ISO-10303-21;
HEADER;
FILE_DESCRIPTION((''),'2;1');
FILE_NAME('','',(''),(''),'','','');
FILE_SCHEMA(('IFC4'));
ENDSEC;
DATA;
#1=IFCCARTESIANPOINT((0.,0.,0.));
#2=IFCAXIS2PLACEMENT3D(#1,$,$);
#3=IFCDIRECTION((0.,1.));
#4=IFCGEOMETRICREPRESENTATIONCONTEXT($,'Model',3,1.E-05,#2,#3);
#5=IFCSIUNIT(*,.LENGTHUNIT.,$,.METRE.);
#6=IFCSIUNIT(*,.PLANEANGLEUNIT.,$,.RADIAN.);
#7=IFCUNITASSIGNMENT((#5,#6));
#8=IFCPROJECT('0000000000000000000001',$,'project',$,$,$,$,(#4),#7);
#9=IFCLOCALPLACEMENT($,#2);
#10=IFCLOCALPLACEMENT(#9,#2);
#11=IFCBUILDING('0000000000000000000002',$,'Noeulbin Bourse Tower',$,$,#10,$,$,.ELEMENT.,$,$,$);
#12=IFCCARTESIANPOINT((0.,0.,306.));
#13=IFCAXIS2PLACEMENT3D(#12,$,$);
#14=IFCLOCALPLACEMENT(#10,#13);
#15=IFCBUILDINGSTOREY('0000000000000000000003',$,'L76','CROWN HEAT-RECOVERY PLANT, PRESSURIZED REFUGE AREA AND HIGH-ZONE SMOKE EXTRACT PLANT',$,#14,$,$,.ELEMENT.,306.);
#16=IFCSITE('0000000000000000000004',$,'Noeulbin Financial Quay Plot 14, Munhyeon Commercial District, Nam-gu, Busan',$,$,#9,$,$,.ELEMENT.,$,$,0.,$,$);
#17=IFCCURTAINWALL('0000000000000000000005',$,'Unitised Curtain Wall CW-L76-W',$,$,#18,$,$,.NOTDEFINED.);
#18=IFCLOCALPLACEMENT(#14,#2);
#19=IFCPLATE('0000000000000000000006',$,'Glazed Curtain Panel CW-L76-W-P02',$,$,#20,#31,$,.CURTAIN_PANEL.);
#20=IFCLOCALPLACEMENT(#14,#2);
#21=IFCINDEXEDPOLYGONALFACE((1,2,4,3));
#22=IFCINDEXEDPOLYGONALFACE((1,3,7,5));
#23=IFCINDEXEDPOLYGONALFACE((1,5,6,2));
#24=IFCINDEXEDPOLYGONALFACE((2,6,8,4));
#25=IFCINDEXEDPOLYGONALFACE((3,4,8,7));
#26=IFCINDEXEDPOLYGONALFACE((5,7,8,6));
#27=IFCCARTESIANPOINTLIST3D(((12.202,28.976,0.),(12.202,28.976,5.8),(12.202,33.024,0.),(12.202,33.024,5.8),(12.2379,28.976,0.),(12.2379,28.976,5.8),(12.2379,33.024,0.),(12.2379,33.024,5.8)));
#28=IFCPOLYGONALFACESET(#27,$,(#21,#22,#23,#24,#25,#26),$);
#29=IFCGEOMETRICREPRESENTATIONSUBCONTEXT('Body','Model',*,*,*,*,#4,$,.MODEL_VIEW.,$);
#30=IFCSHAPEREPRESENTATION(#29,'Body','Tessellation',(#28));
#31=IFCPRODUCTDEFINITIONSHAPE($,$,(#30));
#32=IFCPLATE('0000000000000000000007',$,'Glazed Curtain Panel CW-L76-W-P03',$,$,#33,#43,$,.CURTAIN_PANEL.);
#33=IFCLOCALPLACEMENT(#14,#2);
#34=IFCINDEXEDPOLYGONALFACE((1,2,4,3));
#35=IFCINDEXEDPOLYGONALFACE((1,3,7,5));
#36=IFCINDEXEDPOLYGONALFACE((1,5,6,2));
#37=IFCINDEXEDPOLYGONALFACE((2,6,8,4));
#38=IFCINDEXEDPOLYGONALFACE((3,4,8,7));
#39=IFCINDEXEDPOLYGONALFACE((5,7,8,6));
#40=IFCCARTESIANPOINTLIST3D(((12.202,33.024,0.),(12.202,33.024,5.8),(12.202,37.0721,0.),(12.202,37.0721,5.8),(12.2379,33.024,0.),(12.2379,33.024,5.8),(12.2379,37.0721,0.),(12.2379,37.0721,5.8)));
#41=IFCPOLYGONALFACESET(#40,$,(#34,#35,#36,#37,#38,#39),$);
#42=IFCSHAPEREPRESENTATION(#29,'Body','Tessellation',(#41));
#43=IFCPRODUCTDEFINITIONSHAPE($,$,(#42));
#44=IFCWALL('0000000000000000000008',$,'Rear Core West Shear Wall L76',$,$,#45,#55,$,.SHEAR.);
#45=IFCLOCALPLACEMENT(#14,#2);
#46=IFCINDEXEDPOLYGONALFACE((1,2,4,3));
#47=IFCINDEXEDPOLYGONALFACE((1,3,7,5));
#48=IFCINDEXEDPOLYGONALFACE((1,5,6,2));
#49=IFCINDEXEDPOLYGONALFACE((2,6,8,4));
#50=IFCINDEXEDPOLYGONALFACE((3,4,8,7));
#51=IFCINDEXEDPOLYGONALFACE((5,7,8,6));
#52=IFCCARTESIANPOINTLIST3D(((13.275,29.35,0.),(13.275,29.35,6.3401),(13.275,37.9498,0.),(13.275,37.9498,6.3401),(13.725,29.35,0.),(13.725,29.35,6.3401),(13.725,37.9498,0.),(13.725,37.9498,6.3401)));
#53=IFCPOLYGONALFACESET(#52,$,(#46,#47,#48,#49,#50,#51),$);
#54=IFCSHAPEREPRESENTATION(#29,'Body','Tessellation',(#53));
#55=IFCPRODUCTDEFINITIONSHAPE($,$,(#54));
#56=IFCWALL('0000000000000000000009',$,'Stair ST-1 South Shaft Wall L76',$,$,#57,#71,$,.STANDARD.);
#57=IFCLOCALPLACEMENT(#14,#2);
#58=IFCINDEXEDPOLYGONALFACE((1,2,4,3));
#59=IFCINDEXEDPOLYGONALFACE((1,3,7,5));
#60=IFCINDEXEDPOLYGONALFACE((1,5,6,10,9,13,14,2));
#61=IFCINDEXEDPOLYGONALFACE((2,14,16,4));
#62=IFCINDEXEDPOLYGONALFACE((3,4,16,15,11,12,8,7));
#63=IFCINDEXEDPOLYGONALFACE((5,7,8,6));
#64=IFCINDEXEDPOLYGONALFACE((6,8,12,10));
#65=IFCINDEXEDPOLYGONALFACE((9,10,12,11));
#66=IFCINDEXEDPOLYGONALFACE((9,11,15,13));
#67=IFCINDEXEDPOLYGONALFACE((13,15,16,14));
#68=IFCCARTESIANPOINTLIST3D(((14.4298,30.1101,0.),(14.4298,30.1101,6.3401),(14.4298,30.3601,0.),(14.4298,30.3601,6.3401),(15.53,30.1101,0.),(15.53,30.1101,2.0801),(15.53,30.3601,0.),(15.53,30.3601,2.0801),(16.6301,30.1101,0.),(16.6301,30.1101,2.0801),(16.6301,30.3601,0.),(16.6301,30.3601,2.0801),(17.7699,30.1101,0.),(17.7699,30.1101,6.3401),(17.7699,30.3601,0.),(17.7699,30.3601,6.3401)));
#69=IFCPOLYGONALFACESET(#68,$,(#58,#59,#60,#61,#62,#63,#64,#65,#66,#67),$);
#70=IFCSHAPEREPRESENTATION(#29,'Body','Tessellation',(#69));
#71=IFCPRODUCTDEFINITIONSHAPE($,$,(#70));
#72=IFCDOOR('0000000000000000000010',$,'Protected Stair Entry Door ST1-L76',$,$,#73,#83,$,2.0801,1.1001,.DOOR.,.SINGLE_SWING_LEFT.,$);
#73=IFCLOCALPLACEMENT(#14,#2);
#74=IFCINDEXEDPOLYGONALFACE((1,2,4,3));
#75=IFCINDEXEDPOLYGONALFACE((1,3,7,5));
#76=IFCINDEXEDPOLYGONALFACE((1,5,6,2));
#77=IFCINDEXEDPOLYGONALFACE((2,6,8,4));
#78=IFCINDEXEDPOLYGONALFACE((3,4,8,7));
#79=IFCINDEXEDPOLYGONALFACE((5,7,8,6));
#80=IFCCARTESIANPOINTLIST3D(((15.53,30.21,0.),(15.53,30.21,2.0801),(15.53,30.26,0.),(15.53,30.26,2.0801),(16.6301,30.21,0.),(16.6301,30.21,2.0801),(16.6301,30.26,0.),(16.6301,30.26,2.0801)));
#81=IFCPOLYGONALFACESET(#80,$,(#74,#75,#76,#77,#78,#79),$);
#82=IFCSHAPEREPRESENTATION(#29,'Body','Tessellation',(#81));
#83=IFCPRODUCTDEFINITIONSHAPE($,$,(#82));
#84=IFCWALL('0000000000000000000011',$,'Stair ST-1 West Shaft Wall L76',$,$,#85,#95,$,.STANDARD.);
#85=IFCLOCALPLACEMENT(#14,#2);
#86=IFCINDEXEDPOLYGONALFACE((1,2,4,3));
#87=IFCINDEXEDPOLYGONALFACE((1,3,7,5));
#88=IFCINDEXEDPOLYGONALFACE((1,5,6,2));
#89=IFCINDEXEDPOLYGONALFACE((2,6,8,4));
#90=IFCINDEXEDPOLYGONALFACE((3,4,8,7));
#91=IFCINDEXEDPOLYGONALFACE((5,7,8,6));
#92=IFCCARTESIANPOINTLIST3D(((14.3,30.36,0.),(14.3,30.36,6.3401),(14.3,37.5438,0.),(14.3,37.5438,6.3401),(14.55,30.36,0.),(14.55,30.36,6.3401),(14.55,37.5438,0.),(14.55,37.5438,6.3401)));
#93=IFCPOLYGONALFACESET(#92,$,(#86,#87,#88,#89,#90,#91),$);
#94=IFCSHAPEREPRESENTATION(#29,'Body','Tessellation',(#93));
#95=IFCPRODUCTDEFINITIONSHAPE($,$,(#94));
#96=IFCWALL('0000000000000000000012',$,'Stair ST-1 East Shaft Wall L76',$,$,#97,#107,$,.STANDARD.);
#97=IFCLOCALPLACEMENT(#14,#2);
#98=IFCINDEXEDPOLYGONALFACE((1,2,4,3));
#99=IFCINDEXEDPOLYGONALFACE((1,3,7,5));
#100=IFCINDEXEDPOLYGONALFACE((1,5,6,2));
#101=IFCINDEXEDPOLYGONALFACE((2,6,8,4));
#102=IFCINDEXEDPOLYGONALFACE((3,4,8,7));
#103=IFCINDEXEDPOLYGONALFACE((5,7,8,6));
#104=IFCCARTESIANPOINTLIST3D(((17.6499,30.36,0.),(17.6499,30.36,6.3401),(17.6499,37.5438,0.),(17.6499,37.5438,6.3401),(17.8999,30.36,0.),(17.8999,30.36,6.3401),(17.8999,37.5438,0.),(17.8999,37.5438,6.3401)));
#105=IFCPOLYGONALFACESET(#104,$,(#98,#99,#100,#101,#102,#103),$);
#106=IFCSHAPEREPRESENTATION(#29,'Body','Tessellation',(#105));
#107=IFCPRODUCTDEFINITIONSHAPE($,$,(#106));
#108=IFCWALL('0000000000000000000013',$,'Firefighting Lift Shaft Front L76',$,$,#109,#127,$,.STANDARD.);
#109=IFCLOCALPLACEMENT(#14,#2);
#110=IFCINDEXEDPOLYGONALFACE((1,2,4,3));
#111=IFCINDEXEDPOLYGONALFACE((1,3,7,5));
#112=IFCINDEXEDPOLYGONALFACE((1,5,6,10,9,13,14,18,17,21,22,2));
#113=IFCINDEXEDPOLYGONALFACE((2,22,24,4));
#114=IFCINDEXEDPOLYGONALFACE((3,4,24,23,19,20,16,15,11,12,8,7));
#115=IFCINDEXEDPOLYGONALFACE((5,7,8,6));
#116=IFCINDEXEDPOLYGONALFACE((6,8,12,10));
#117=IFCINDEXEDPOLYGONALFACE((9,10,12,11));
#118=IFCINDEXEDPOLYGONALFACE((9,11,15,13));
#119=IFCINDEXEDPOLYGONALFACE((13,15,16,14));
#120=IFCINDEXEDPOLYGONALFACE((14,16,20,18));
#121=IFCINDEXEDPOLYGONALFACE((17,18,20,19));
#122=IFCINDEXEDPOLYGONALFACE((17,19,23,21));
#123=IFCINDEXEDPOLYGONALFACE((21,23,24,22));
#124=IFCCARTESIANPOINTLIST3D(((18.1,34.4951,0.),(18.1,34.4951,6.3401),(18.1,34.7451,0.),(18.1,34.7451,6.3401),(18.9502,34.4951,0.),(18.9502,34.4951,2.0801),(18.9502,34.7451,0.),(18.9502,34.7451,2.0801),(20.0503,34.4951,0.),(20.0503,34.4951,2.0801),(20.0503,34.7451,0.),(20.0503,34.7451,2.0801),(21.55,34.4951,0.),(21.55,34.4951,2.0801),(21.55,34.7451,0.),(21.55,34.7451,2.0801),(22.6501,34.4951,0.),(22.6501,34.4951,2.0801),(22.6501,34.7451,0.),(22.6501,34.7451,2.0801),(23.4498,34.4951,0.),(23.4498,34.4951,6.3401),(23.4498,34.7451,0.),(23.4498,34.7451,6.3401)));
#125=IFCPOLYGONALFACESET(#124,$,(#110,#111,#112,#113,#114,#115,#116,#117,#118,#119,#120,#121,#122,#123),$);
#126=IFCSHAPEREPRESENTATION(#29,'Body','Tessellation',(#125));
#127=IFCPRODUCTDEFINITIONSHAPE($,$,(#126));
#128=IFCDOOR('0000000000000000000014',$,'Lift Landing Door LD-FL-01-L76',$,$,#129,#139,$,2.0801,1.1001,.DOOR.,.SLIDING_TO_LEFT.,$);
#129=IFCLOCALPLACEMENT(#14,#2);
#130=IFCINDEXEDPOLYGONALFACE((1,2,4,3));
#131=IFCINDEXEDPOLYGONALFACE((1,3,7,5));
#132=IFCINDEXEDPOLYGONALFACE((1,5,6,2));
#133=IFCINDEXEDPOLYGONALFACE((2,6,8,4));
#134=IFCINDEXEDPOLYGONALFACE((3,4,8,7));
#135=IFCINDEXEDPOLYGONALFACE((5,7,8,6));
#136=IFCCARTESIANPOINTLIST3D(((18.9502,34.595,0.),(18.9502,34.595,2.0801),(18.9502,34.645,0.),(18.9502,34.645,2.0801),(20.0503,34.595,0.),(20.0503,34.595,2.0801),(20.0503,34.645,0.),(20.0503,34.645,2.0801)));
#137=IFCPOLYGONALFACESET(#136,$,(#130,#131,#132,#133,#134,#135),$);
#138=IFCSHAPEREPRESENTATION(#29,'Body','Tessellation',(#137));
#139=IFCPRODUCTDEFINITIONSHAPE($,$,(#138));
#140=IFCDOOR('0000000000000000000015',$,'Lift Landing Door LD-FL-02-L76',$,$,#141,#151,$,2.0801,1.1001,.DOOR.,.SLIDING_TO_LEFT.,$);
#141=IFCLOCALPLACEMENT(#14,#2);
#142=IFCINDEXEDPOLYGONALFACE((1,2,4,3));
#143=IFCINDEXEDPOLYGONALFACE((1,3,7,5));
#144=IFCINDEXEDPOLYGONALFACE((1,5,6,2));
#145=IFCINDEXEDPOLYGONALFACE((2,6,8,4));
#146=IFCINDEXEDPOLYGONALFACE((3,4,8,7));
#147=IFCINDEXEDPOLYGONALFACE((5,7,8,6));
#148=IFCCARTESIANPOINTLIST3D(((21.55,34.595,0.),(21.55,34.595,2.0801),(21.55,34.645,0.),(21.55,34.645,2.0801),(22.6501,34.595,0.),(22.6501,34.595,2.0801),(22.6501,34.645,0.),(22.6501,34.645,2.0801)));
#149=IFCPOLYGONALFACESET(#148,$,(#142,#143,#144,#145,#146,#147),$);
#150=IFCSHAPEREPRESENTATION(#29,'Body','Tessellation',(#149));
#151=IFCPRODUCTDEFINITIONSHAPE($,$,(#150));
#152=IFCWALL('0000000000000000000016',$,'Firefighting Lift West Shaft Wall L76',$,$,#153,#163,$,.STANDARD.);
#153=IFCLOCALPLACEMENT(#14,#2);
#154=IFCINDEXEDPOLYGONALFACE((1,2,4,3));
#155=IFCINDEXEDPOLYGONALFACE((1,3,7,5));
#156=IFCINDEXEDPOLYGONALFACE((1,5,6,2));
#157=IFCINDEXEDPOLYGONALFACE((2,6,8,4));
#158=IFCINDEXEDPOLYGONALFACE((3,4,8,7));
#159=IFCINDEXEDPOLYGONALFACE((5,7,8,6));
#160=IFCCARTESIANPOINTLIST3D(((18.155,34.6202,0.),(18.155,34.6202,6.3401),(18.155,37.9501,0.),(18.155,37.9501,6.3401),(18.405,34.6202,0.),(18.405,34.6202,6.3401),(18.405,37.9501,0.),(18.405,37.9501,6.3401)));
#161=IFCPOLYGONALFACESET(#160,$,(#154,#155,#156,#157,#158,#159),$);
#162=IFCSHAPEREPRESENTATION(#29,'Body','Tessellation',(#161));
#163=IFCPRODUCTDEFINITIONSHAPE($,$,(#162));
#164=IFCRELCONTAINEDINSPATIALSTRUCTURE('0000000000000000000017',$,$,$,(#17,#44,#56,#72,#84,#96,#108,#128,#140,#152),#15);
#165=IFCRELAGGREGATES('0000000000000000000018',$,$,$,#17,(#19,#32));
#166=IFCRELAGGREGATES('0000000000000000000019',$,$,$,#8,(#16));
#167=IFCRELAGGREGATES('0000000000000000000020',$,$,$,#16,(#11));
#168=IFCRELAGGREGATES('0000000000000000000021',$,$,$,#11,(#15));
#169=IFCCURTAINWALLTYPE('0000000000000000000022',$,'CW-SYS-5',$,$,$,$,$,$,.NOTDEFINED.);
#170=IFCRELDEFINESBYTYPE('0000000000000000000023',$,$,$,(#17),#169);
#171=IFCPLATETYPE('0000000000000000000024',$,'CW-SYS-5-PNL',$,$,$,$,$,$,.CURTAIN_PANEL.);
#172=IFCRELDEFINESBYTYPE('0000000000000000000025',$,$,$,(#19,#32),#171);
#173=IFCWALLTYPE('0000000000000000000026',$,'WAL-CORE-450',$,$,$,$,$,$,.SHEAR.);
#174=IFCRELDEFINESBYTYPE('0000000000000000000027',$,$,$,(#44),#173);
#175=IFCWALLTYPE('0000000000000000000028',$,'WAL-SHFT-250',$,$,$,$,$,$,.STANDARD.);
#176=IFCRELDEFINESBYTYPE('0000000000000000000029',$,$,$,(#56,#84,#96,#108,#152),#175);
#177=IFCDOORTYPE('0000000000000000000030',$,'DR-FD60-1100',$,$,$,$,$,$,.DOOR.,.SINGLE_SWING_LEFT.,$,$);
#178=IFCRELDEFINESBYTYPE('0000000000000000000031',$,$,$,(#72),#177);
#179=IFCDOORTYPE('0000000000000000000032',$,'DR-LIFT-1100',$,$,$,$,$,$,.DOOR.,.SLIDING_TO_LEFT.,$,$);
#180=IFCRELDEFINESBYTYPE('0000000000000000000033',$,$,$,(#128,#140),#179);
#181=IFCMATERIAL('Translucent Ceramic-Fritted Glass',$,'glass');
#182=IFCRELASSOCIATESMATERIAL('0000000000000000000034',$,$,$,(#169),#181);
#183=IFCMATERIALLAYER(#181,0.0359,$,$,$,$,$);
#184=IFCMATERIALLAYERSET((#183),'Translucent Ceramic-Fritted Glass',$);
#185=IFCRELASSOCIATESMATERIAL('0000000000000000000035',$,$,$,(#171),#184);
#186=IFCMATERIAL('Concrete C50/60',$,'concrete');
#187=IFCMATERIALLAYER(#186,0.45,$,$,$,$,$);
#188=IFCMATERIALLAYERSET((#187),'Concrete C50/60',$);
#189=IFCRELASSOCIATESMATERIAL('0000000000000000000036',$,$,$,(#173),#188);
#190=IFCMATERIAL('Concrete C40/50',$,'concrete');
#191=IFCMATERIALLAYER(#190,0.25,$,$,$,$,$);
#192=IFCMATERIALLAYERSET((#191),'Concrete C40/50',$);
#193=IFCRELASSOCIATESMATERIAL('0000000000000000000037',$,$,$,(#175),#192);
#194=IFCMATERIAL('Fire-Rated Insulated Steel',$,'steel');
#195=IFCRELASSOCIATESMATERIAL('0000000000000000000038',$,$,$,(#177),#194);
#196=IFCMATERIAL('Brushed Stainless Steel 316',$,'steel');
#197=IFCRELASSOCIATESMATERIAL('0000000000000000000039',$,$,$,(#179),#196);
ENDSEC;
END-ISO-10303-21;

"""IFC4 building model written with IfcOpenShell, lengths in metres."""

from ifc_helpers import new_model, si_unit, direction, frame, frame_2d, origin, origin_2d, place, context, subcontext, project, spatial, rectangle, extrude, material, layer, layer_set, type_object, element, fill, aggregate, save


model = new_model("IFC4")

# Units and contexts
model_context = context("Model", 3, precision=1e-05, world=origin(), true_north=direction((0.0, 1.0)))
body_context = subcontext(model_context, "Body", "Model", "MODEL_VIEW")
ifc_project = project(units=[si_unit("LENGTHUNIT", "METRE"), si_unit("PLANEANGLEUNIT", "RADIAN")], contexts=[model_context])

# Site, building, storey
site_placement = place(None, origin())
site = spatial("IfcSite", under=ifc_project, at=site_placement, Name="Noeulbin Financial Quay Plot 14, Munhyeon Commercial District, Nam-gu, Busan", CompositionType="ELEMENT", RefElevation=0.0)
building_placement = place(site_placement, origin())
building = spatial("IfcBuilding", under=site, at=building_placement, Name="Noeulbin Bourse Tower", CompositionType="ELEMENT")
storey_placement = place(building_placement, frame((0.0, 0.0, 306.0)))
storey = spatial("IfcBuildingStorey", under=building, at=storey_placement, Name="L76", Description="CROWN HEAT-RECOVERY PLANT, PRESSURIZED REFUGE AREA AND HIGH-ZONE SMOKE EXTRACT PLANT", CompositionType="ELEMENT", Elevation=306.0)

# Curtain wall, plates
ifc_material_1 = material(Name="Translucent Ceramic-Fritted Glass", Category="glass")
curtain_wall_type = type_object("IfcCurtainWallType", Name="CW-SYS-5", PredefinedType="NOTDEFINED", material=ifc_material_1)
curtain_wall_placement = place(storey_placement, origin())
curtain_wall = element("IfcCurtainWall", 1, at=curtain_wall_placement, inside=storey, type_object=curtain_wall_type, Name="Unitised Curtain Wall CW-L76-W", PredefinedType="NOTDEFINED")
ifc_layer_1 = layer(ifc_material_1, 0.0359)
ifc_layer_set_1 = layer_set([ifc_layer_1], Name="Translucent Ceramic-Fritted Glass")
plate_type = type_object("IfcPlateType", Name="CW-SYS-5-PNL", PredefinedType="CURTAIN_PANEL", material=ifc_layer_set_1)
plate_1_placement = place(storey_placement, frame((12.22, 31.0, 0.0), z_axis=(0.0, 0.0, 1.0), x_axis=(0.0, 1.0, 0.0)))
plate_1 = element("IfcPlate", 2, at=plate_1_placement, type_object=plate_type, Name="Glazed Curtain Panel CW-L76-W-P02", PredefinedType="CURTAIN_PANEL", context=body_context, shape_type="SweptSolid", body=[
    extrude(rectangle(XDim=4.0481, YDim=0.0359, at=origin_2d()), origin(), (0.0, 0.0, 1.0), 5.8),
])
plate_2_placement = place(storey_placement, frame((12.22, 35.0481, 0.0), z_axis=(0.0, 0.0, 1.0), x_axis=(0.0, 1.0, 0.0)))
plate_2 = element("IfcPlate", 3, at=plate_2_placement, type_object=plate_type, Name="Glazed Curtain Panel CW-L76-W-P03", PredefinedType="CURTAIN_PANEL", context=body_context, shape_type="SweptSolid", body=[
    extrude(rectangle(XDim=4.0481, YDim=0.0359, at=origin_2d()), origin(), (0.0, 0.0, 1.0), 5.8),
])
aggregate(curtain_wall, [plate_1, plate_2])

# Wall
ifc_material_2 = material(Name="Concrete C50/60", Category="concrete")
ifc_layer_2 = layer(ifc_material_2, 0.45)
ifc_layer_set_2 = layer_set([ifc_layer_2], Name="Concrete C50/60")
wall_type_1 = type_object("IfcWallType", Name="WAL-CORE-450", PredefinedType="SHEAR", material=ifc_layer_set_2)
wall_1_placement = place(storey_placement, frame((13.5, 29.3501, 0.0), z_axis=(0.0, 0.0, 1.0), x_axis=(0.0, 1.0, 0.0)))
element("IfcWall", 4, at=wall_1_placement, inside=storey, type_object=wall_type_1, Name="Rear Core West Shear Wall L76", PredefinedType="SHEAR", context=body_context, shape_type="SweptSolid", body=[
    extrude(rectangle(XDim=8.5999, YDim=0.45, at=frame_2d((4.2998, 0.0))), origin(), (0.0, 0.0, 1.0), 6.3401),
])

# Wall, opening, door
ifc_material_3 = material(Name="Concrete C40/50", Category="concrete")
ifc_layer_3 = layer(ifc_material_3, 0.25)
ifc_layer_set_3 = layer_set([ifc_layer_3], Name="Concrete C40/50")
wall_type_2 = type_object("IfcWallType", Name="WAL-SHFT-250", PredefinedType="STANDARD", material=ifc_layer_set_3)
wall_2_placement = place(storey_placement, frame((14.4299, 30.2351, 0.0), z_axis=(0.0, 0.0, 1.0), x_axis=(1.0, 0.0, 0.0)))
wall_2 = element("IfcWall", 5, at=wall_2_placement, inside=storey, type_object=wall_type_2, Name="Stair ST-1 South Shaft Wall L76", PredefinedType="STANDARD", context=body_context, shape_type="SweptSolid", body=[
    extrude(rectangle(XDim=3.3401, YDim=0.25, at=frame_2d((1.6699, 0.0))), origin(), (0.0, 0.0, 1.0), 6.3401),
])
opening_1_placement = place(wall_2_placement, frame((1.1001, 0.0, 0.0)))
opening_1 = element("IfcOpeningElement", 6, at=opening_1_placement, cuts=wall_2, PredefinedType="OPENING", context=body_context, shape_type="SweptSolid", body=[
    extrude(rectangle(XDim=1.1001, YDim=2.0801, at=frame_2d((0.55, 1.04))), frame((0.0, 0.135, 0.0), z_axis=(0.0, -1.0, 0.0), x_axis=(1.0, 0.0, 0.0)), (0.0, 0.0, 1.0), 0.27),
])
ifc_material_4 = material(Name="Fire-Rated Insulated Steel", Category="steel")
door_type_1 = type_object("IfcDoorType", Name="DR-FD60-1100", OperationType="SINGLE_SWING_LEFT", PredefinedType="DOOR", material=ifc_material_4)
door_1_placement = place(opening_1_placement, origin())
door_1 = element("IfcDoor", 7, at=door_1_placement, inside=storey, type_object=door_type_1, Name="Protected Stair Entry Door ST1-L76", OperationType="SINGLE_SWING_LEFT", OverallHeight=2.0801, OverallWidth=1.1001, PredefinedType="DOOR", context=body_context, shape_type="SweptSolid", body=[
    extrude(rectangle(XDim=1.1001, YDim=2.0801, at=frame_2d((0.55, 1.04))), frame((0.0, 0.0249, 0.0), z_axis=(0.0, -1.0, 0.0), x_axis=(1.0, 0.0, 0.0)), (0.0, 0.0, 1.0), 0.05),
])
fill(opening_1, door_1)

# Walls
for number, where, z_axis, x_axis, name in (
    (8, (14.425, 30.3601, 0.0), (0.0, 0.0, 1.0), (0.0, 1.0, 0.0), "Stair ST-1 West Shaft Wall L76"),
    (9, (17.7749, 30.3601, 0.0), (0.0, 0.0, 1.0), (0.0, 1.0, 0.0), "Stair ST-1 East Shaft Wall L76"),
):
    element("IfcWall", number, at=place(storey_placement, frame(where, z_axis=z_axis, x_axis=x_axis)), inside=storey, type_object=wall_type_2, Name=name, PredefinedType="STANDARD", context=body_context, shape_type="SweptSolid", body=[
        extrude(rectangle(XDim=7.1838, YDim=0.25, at=frame_2d((3.5918, 0.0))), origin(), (0.0, 0.0, 1.0), 6.3401),
    ])

# Wall, openings, doors
wall_3_placement = place(storey_placement, frame((18.1001, 34.6201, 0.0), z_axis=(0.0, 0.0, 1.0), x_axis=(1.0, 0.0, 0.0)))
wall_3 = element("IfcWall", 10, at=wall_3_placement, inside=storey, type_object=wall_type_2, Name="Firefighting Lift Shaft Front L76", PredefinedType="STANDARD", context=body_context, shape_type="SweptSolid", body=[
    extrude(rectangle(XDim=5.3499, YDim=0.25, at=frame_2d((2.6748, 0.0))), origin(), (0.0, 0.0, 1.0), 6.3401),
])
opening_2_placement = place(wall_3_placement, frame((0.8501, 0.0, 0.0)))
opening_2 = element("IfcOpeningElement", 11, at=opening_2_placement, cuts=wall_3, PredefinedType="OPENING", context=body_context, shape_type="SweptSolid", body=[
    extrude(rectangle(XDim=1.1001, YDim=2.0801, at=frame_2d((0.55, 1.04))), frame((0.0, 0.135, 0.0), z_axis=(0.0, -1.0, 0.0), x_axis=(1.0, 0.0, 0.0)), (0.0, 0.0, 1.0), 0.27),
])
opening_3_placement = place(wall_3_placement, frame((3.45, 0.0, 0.0)))
opening_3 = element("IfcOpeningElement", 12, at=opening_3_placement, cuts=wall_3, PredefinedType="OPENING", context=body_context, shape_type="SweptSolid", body=[
    extrude(rectangle(XDim=1.1001, YDim=2.0801, at=frame_2d((0.55, 1.04))), frame((0.0, 0.135, 0.0), z_axis=(0.0, -1.0, 0.0), x_axis=(1.0, 0.0, 0.0)), (0.0, 0.0, 1.0), 0.27),
])
ifc_material_5 = material(Name="Brushed Stainless Steel 316", Category="steel")
door_type_2 = type_object("IfcDoorType", Name="DR-LIFT-1100", OperationType="SLIDING_TO_LEFT", PredefinedType="DOOR", material=ifc_material_5)
door_2_placement = place(opening_2_placement, origin())
door_2 = element("IfcDoor", 13, at=door_2_placement, inside=storey, type_object=door_type_2, Name="Lift Landing Door LD-FL-01-L76", OperationType="SLIDING_TO_LEFT", OverallHeight=2.0801, OverallWidth=1.1001, PredefinedType="DOOR", context=body_context, shape_type="SweptSolid", body=[
    extrude(rectangle(XDim=1.1001, YDim=2.0801, at=frame_2d((0.55, 1.04))), frame((0.0, 0.0249, 0.0), z_axis=(0.0, -1.0, 0.0), x_axis=(1.0, 0.0, 0.0)), (0.0, 0.0, 1.0), 0.05),
])
fill(opening_2, door_2)
door_3_placement = place(opening_3_placement, origin())
door_3 = element("IfcDoor", 14, at=door_3_placement, inside=storey, type_object=door_type_2, Name="Lift Landing Door LD-FL-02-L76", OperationType="SLIDING_TO_LEFT", OverallHeight=2.0801, OverallWidth=1.1001, PredefinedType="DOOR", context=body_context, shape_type="SweptSolid", body=[
    extrude(rectangle(XDim=1.1001, YDim=2.0801, at=frame_2d((0.55, 1.04))), frame((0.0, 0.0249, 0.0), z_axis=(0.0, -1.0, 0.0), x_axis=(1.0, 0.0, 0.0)), (0.0, 0.0, 1.0), 0.05),
])
fill(opening_3, door_3)

# Wall
wall_4_placement = place(storey_placement, frame((18.28, 34.6201, 0.0), z_axis=(0.0, 0.0, 1.0), x_axis=(0.0, 1.0, 0.0)))
element("IfcWall", 15, at=wall_4_placement, inside=storey, type_object=wall_type_2, Name="Firefighting Lift West Shaft Wall L76", PredefinedType="STANDARD", context=body_context, shape_type="SweptSolid", body=[
    extrude(rectangle(XDim=3.3298, YDim=0.25, at=frame_2d((1.665, 0.0))), origin(), (0.0, 0.0, 1.0), 6.3401),
])

save(model, "model.ifc")
